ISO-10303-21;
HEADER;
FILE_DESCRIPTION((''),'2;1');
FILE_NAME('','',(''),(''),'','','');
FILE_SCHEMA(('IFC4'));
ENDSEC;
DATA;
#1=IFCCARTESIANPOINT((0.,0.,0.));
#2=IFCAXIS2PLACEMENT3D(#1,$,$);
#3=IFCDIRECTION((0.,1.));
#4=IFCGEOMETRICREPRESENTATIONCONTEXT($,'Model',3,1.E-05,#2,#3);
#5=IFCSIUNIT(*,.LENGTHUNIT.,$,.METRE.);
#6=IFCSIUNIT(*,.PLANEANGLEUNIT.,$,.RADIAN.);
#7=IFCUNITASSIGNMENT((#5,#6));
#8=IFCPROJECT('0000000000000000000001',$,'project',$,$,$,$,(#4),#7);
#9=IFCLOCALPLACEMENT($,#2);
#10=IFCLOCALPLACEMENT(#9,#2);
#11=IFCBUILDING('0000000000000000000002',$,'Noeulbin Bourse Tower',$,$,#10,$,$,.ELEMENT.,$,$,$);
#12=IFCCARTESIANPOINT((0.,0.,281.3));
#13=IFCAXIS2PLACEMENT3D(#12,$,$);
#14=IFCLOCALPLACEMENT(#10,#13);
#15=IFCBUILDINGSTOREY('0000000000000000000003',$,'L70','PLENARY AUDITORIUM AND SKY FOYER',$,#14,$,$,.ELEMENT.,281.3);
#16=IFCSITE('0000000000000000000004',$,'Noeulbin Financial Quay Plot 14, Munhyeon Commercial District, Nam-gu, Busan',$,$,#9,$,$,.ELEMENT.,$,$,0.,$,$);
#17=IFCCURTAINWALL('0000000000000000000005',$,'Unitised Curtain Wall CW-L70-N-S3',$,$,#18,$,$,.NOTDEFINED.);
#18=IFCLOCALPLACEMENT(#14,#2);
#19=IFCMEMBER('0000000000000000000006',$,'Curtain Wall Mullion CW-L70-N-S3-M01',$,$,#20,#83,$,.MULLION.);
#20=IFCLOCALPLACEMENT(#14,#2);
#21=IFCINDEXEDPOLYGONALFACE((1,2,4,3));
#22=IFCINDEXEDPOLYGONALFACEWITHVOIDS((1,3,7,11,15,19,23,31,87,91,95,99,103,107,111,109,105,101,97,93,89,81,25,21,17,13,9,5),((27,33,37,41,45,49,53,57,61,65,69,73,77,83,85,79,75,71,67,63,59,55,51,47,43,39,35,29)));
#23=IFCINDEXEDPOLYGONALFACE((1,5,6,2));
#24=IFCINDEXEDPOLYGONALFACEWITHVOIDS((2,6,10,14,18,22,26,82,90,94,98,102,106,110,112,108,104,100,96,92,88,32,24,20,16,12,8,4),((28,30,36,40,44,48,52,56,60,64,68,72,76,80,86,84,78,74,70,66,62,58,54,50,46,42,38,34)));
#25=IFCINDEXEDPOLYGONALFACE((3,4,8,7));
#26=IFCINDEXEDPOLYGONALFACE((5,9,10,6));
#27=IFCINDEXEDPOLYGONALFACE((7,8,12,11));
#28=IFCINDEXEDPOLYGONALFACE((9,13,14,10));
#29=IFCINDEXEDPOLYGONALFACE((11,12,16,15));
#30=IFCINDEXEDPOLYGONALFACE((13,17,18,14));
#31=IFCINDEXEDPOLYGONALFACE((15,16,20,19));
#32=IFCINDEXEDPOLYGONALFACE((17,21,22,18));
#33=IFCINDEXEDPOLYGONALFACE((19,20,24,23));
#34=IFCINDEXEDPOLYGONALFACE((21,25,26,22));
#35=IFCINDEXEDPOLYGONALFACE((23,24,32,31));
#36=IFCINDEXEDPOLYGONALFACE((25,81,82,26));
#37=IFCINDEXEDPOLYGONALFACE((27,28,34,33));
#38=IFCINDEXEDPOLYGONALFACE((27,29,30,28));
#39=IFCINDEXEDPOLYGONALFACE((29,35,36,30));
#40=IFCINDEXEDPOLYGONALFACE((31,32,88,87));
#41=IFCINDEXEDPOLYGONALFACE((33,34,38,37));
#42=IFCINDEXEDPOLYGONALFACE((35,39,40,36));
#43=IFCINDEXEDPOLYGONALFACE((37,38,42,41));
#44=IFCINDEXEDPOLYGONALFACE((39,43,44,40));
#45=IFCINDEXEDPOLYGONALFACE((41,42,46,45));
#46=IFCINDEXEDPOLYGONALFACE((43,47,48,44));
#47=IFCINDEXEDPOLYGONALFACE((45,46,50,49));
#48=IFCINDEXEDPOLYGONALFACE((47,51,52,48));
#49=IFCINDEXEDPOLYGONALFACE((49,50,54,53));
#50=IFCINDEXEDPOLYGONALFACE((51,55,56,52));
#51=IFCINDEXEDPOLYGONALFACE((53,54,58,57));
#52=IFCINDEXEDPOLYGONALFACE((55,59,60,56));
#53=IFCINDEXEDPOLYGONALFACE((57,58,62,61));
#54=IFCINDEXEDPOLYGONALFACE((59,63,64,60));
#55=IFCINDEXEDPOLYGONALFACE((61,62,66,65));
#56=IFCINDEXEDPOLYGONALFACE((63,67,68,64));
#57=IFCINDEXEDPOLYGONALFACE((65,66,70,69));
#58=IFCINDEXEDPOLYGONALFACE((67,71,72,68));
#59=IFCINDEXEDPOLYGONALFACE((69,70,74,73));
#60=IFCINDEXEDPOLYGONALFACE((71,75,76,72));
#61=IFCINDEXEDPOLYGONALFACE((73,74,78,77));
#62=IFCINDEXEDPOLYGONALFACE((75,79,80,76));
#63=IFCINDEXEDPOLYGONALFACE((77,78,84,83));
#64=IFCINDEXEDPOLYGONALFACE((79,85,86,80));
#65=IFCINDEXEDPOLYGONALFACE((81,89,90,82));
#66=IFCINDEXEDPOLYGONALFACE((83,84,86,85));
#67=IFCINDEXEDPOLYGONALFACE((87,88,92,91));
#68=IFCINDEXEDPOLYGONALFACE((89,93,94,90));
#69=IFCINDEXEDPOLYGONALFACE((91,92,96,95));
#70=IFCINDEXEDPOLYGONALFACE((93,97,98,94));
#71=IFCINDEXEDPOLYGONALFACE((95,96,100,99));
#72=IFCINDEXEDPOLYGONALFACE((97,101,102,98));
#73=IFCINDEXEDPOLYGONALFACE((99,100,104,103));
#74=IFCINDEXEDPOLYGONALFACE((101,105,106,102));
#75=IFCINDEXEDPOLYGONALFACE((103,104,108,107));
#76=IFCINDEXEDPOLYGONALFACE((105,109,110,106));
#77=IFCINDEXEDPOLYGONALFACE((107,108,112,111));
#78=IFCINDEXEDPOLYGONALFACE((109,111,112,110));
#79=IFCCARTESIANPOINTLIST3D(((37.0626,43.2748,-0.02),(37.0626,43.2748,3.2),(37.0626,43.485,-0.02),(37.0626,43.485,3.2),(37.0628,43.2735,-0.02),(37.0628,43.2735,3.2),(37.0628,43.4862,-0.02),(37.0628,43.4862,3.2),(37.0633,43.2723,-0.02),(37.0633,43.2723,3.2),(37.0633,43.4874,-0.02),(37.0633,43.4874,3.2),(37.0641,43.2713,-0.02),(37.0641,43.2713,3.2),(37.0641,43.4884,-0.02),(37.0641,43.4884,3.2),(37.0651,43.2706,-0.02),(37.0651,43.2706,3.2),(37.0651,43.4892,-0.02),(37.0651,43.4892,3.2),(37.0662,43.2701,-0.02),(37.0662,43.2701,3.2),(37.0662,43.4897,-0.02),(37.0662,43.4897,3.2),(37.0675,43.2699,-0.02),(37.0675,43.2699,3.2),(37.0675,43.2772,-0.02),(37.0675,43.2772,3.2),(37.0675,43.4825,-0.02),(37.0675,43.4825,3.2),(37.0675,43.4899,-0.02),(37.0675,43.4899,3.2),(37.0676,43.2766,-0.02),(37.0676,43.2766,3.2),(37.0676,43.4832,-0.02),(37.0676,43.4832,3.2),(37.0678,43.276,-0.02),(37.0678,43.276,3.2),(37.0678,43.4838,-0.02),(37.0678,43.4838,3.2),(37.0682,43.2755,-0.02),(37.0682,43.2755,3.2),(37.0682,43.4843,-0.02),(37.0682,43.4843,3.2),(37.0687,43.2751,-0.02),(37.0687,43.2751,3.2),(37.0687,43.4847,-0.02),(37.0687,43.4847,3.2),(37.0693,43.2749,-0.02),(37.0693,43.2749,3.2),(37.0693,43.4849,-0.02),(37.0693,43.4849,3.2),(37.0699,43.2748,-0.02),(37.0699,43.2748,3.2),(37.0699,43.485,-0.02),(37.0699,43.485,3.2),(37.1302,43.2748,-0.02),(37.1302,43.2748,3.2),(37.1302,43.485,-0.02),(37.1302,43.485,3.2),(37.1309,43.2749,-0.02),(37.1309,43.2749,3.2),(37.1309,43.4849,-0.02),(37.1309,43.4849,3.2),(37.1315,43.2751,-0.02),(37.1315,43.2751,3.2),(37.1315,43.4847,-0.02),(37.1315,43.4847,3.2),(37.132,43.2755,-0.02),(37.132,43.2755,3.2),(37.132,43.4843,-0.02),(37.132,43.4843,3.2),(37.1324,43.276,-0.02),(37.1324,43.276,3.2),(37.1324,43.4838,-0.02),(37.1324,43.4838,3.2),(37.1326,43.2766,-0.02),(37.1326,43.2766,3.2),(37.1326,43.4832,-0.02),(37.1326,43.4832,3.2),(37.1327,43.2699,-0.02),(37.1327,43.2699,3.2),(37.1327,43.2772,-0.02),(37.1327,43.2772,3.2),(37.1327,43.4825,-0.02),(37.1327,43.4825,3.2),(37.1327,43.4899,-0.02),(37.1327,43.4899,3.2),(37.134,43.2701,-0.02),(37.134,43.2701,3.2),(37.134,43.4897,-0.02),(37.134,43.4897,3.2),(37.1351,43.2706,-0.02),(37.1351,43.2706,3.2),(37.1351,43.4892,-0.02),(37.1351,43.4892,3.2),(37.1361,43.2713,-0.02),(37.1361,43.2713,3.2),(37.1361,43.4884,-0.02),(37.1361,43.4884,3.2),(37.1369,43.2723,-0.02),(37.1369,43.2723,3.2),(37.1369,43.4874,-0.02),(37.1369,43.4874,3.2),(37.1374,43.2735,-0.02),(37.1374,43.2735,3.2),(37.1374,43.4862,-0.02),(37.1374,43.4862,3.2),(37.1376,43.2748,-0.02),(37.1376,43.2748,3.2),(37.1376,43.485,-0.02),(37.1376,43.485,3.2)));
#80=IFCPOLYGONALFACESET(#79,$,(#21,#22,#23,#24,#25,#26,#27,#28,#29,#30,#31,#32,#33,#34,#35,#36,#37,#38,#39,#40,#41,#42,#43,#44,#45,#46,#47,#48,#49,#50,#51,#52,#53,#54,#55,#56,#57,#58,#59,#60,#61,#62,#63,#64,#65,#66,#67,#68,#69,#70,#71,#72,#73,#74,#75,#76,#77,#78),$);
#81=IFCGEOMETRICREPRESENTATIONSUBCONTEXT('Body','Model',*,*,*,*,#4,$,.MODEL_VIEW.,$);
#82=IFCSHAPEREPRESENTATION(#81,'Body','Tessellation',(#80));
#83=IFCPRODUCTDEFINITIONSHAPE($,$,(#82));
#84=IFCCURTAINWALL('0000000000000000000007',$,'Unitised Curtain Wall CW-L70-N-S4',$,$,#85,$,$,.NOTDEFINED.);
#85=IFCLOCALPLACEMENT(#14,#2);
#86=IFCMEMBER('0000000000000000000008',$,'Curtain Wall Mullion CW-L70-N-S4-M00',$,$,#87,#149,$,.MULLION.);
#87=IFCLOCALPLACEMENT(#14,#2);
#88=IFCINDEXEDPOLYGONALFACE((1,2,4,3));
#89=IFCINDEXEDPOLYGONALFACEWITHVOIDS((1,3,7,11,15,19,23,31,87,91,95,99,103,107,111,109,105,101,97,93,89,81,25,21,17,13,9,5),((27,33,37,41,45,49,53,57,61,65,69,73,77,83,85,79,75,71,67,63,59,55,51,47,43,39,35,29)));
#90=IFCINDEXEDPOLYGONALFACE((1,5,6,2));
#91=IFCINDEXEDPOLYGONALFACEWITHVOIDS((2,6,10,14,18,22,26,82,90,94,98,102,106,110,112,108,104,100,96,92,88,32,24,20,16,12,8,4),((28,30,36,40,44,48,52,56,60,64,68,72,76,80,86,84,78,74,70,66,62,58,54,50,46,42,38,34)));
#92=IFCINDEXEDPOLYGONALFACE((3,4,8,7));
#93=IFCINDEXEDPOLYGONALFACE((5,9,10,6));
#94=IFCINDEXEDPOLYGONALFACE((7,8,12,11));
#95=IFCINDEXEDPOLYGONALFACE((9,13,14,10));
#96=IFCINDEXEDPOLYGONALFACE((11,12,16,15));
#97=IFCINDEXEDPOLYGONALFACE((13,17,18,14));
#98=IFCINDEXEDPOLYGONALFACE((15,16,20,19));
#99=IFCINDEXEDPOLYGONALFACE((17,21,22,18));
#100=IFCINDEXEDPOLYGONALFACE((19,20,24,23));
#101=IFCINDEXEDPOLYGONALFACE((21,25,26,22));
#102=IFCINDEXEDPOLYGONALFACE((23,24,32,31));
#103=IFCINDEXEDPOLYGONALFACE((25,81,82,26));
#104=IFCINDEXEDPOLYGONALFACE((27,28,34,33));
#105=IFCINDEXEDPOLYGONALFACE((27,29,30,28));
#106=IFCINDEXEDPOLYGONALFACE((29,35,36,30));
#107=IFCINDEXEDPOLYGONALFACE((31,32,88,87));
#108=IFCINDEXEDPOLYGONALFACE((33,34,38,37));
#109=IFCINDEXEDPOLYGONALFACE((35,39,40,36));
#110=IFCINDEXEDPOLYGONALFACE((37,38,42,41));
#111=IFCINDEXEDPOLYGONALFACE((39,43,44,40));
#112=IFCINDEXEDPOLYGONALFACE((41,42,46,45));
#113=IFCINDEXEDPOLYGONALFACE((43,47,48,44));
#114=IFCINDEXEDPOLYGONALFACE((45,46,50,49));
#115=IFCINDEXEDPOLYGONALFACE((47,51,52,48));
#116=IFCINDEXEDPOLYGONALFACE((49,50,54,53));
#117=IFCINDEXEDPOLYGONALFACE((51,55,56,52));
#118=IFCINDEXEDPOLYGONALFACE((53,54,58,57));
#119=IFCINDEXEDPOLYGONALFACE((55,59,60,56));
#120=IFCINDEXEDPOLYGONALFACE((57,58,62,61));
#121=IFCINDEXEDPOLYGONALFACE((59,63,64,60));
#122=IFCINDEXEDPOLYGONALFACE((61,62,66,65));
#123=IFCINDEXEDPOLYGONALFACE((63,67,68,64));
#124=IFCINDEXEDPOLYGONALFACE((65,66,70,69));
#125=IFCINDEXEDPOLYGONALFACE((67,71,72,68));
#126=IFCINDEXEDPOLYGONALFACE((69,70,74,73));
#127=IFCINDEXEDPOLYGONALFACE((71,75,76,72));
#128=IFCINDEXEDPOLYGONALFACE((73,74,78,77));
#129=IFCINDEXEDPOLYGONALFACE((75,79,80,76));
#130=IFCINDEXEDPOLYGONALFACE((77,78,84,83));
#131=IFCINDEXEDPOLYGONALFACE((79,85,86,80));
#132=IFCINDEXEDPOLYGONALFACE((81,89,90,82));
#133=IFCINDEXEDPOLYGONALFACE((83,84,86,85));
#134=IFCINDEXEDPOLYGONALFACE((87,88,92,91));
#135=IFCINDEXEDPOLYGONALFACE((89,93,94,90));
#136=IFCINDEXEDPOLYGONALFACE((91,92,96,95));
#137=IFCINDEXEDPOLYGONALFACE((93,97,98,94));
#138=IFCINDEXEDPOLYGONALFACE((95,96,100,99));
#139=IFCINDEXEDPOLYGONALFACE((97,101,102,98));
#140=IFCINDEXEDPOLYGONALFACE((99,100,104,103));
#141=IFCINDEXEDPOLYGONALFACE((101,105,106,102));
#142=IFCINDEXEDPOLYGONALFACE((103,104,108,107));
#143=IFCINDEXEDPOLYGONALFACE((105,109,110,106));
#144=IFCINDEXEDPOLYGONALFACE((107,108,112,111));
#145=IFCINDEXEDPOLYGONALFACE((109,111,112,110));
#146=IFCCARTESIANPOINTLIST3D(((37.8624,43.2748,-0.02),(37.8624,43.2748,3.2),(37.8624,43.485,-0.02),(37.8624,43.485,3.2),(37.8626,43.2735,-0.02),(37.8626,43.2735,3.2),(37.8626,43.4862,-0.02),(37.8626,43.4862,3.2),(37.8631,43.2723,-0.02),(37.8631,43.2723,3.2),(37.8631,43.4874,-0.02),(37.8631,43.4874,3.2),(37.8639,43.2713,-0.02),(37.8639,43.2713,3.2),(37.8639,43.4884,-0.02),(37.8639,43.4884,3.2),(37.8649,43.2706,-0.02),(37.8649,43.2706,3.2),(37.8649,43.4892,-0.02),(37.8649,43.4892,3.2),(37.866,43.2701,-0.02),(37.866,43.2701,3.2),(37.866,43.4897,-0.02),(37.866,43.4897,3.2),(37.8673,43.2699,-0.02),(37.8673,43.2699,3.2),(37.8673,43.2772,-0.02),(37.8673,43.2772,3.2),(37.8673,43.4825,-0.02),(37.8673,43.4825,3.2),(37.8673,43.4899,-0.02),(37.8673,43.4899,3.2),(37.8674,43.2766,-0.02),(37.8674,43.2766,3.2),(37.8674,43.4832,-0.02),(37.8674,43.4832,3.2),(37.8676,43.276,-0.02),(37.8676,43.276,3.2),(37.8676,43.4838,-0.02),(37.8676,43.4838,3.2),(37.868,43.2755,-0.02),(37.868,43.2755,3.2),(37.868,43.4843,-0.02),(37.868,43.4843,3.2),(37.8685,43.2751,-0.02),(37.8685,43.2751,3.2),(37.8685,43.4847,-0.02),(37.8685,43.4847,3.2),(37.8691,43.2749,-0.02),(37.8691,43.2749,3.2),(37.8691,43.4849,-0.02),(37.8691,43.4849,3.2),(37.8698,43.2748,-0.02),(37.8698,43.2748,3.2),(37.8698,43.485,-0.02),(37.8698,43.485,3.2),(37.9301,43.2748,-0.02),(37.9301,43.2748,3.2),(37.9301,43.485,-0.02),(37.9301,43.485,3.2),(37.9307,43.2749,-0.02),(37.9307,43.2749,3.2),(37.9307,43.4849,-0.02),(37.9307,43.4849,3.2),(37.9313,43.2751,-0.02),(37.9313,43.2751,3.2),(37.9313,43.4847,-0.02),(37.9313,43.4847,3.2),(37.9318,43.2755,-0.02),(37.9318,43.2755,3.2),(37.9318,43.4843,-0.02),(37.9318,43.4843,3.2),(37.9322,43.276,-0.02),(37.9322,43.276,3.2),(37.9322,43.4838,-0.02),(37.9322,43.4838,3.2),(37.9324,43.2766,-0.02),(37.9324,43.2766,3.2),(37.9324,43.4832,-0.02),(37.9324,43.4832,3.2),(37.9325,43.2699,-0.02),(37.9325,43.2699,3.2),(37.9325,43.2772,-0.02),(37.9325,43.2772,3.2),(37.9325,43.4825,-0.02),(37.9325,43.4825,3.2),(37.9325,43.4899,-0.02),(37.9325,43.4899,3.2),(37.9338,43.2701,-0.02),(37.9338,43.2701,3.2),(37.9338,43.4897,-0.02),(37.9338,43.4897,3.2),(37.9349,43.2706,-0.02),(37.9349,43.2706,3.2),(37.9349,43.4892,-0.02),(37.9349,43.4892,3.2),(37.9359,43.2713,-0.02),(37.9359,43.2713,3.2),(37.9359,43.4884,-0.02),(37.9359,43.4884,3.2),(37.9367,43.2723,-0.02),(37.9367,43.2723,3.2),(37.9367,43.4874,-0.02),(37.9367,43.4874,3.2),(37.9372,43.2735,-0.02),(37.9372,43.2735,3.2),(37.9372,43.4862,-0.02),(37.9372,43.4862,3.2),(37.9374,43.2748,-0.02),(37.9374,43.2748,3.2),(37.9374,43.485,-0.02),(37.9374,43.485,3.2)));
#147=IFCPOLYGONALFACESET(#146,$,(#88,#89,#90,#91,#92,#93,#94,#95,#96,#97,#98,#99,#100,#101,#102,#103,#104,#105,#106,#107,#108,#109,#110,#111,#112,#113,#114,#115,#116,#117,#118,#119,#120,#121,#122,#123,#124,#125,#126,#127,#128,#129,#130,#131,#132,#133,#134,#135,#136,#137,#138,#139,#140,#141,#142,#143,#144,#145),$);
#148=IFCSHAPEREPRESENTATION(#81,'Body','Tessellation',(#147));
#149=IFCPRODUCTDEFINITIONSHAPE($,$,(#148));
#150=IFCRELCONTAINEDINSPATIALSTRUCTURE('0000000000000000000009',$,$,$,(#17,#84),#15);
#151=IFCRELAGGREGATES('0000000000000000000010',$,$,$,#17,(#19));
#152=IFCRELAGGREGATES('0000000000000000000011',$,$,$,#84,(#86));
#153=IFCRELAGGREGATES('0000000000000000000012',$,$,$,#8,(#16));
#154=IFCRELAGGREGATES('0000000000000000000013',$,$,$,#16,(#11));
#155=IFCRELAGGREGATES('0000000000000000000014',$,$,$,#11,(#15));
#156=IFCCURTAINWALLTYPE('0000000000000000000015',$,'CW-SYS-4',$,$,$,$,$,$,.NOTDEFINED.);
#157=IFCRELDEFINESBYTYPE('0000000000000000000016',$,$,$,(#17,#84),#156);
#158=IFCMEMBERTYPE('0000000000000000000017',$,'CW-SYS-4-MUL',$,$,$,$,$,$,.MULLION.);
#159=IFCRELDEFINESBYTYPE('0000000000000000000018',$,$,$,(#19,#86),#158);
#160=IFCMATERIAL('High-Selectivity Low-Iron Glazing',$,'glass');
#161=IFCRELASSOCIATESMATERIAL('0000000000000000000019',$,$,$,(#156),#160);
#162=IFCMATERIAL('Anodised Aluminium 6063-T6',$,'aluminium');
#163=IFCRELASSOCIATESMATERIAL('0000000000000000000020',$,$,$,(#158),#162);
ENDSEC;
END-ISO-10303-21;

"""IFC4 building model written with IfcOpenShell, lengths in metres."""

from ifc_helpers import new_model, si_unit, direction, frame, origin, origin_2d, place, context, subcontext, project, spatial, hollow_rectangle, extrude, material, material_profile, profile_set, type_object, element, aggregate, save


model = new_model("IFC4")

# Units and contexts
model_context = context("Model", 3, precision=1e-05, world=origin(), true_north=direction((0.0, 1.0)))
body_context = subcontext(model_context, "Body", "Model", "MODEL_VIEW")
ifc_project = project(units=[si_unit("LENGTHUNIT", "METRE"), si_unit("PLANEANGLEUNIT", "RADIAN")], contexts=[model_context])

# Site, building, storey
site_placement = place(None, origin())
site = spatial("IfcSite", under=ifc_project, at=site_placement, Name="Noeulbin Financial Quay Plot 14, Munhyeon Commercial District, Nam-gu, Busan", CompositionType="ELEMENT", RefElevation=0.0)
building_placement = place(site_placement, origin())
building = spatial("IfcBuilding", under=site, at=building_placement, Name="Noeulbin Bourse Tower", CompositionType="ELEMENT")
storey_placement = place(building_placement, frame((0.0, 0.0, 281.3)))
storey = spatial("IfcBuildingStorey", under=building, at=storey_placement, Name="L70", Description="PLENARY AUDITORIUM AND SKY FOYER", CompositionType="ELEMENT", Elevation=281.3)

# Curtain walls, members
ifc_material_1 = material(Name="High-Selectivity Low-Iron Glazing", Category="glass")
curtain_wall_type = type_object("IfcCurtainWallType", Name="CW-SYS-4", PredefinedType="NOTDEFINED", material=ifc_material_1)
curtain_wall_1_placement = place(storey_placement, origin())
curtain_wall_1 = element("IfcCurtainWall", 1, at=curtain_wall_1_placement, inside=storey, type_object=curtain_wall_type, Name="Unitised Curtain Wall CW-L70-N-S3", PredefinedType="NOTDEFINED")
ifc_material_2 = material(Name="Anodised Aluminium 6063-T6", Category="aluminium")
ifc_material_profile_1 = material_profile(ifc_material_2, hollow_rectangle(XDim=0.075, YDim=0.22, WallThickness=0.0049, InnerFilletRadius=0.0024, OuterFilletRadius=0.0049, at=origin_2d()), Name="ALU-MULL-75x220x5", Category="LoadBearing")
ifc_profile_set_1 = profile_set([ifc_material_profile_1], Name="Anodised Aluminium 6063-T6")
member_type_1 = type_object("IfcMemberType", Name="CW-SYS-4-MUL", PredefinedType="MULLION", material=ifc_profile_set_1)
member_1_placement = place(storey_placement, frame((37.1001, 43.3799, -0.02), z_axis=(0.0, 0.0, 1.0), x_axis=(1.0, 0.0, 0.0)))
member_1 = element("IfcMember", 2, at=member_1_placement, type_object=member_type_1, Name="Curtain Wall Mullion CW-L70-N-S3-M01", PredefinedType="MULLION", context=body_context, shape_type="SweptSolid", body=[
    extrude(hollow_rectangle(XDim=0.075, YDim=0.22, WallThickness=0.0049, InnerFilletRadius=0.0024, OuterFilletRadius=0.0049, at=origin_2d()), origin(), (0.0, 0.0, 1.0), 3.22),
])
curtain_wall_2_placement = place(storey_placement, origin())
curtain_wall_2 = element("IfcCurtainWall", 3, at=curtain_wall_2_placement, inside=storey, type_object=curtain_wall_type, Name="Unitised Curtain Wall CW-L70-N-S4", PredefinedType="NOTDEFINED")
member_2_placement = place(storey_placement, frame((37.8999, 43.3799, -0.02), z_axis=(0.0, 0.0, 1.0), x_axis=(1.0, 0.0, 0.0)))
member_2 = element("IfcMember", 4, at=member_2_placement, type_object=member_type_1, Name="Curtain Wall Mullion CW-L70-N-S4-M00", PredefinedType="MULLION", context=body_context, shape_type="SweptSolid", body=[
    extrude(hollow_rectangle(XDim=0.075, YDim=0.22, WallThickness=0.0049, InnerFilletRadius=0.0024, OuterFilletRadius=0.0049, at=origin_2d()), origin(), (0.0, 0.0, 1.0), 3.22),
])

aggregate(curtain_wall_1, [member_1])
aggregate(curtain_wall_2, [member_2])

save(model, "model.ifc")
